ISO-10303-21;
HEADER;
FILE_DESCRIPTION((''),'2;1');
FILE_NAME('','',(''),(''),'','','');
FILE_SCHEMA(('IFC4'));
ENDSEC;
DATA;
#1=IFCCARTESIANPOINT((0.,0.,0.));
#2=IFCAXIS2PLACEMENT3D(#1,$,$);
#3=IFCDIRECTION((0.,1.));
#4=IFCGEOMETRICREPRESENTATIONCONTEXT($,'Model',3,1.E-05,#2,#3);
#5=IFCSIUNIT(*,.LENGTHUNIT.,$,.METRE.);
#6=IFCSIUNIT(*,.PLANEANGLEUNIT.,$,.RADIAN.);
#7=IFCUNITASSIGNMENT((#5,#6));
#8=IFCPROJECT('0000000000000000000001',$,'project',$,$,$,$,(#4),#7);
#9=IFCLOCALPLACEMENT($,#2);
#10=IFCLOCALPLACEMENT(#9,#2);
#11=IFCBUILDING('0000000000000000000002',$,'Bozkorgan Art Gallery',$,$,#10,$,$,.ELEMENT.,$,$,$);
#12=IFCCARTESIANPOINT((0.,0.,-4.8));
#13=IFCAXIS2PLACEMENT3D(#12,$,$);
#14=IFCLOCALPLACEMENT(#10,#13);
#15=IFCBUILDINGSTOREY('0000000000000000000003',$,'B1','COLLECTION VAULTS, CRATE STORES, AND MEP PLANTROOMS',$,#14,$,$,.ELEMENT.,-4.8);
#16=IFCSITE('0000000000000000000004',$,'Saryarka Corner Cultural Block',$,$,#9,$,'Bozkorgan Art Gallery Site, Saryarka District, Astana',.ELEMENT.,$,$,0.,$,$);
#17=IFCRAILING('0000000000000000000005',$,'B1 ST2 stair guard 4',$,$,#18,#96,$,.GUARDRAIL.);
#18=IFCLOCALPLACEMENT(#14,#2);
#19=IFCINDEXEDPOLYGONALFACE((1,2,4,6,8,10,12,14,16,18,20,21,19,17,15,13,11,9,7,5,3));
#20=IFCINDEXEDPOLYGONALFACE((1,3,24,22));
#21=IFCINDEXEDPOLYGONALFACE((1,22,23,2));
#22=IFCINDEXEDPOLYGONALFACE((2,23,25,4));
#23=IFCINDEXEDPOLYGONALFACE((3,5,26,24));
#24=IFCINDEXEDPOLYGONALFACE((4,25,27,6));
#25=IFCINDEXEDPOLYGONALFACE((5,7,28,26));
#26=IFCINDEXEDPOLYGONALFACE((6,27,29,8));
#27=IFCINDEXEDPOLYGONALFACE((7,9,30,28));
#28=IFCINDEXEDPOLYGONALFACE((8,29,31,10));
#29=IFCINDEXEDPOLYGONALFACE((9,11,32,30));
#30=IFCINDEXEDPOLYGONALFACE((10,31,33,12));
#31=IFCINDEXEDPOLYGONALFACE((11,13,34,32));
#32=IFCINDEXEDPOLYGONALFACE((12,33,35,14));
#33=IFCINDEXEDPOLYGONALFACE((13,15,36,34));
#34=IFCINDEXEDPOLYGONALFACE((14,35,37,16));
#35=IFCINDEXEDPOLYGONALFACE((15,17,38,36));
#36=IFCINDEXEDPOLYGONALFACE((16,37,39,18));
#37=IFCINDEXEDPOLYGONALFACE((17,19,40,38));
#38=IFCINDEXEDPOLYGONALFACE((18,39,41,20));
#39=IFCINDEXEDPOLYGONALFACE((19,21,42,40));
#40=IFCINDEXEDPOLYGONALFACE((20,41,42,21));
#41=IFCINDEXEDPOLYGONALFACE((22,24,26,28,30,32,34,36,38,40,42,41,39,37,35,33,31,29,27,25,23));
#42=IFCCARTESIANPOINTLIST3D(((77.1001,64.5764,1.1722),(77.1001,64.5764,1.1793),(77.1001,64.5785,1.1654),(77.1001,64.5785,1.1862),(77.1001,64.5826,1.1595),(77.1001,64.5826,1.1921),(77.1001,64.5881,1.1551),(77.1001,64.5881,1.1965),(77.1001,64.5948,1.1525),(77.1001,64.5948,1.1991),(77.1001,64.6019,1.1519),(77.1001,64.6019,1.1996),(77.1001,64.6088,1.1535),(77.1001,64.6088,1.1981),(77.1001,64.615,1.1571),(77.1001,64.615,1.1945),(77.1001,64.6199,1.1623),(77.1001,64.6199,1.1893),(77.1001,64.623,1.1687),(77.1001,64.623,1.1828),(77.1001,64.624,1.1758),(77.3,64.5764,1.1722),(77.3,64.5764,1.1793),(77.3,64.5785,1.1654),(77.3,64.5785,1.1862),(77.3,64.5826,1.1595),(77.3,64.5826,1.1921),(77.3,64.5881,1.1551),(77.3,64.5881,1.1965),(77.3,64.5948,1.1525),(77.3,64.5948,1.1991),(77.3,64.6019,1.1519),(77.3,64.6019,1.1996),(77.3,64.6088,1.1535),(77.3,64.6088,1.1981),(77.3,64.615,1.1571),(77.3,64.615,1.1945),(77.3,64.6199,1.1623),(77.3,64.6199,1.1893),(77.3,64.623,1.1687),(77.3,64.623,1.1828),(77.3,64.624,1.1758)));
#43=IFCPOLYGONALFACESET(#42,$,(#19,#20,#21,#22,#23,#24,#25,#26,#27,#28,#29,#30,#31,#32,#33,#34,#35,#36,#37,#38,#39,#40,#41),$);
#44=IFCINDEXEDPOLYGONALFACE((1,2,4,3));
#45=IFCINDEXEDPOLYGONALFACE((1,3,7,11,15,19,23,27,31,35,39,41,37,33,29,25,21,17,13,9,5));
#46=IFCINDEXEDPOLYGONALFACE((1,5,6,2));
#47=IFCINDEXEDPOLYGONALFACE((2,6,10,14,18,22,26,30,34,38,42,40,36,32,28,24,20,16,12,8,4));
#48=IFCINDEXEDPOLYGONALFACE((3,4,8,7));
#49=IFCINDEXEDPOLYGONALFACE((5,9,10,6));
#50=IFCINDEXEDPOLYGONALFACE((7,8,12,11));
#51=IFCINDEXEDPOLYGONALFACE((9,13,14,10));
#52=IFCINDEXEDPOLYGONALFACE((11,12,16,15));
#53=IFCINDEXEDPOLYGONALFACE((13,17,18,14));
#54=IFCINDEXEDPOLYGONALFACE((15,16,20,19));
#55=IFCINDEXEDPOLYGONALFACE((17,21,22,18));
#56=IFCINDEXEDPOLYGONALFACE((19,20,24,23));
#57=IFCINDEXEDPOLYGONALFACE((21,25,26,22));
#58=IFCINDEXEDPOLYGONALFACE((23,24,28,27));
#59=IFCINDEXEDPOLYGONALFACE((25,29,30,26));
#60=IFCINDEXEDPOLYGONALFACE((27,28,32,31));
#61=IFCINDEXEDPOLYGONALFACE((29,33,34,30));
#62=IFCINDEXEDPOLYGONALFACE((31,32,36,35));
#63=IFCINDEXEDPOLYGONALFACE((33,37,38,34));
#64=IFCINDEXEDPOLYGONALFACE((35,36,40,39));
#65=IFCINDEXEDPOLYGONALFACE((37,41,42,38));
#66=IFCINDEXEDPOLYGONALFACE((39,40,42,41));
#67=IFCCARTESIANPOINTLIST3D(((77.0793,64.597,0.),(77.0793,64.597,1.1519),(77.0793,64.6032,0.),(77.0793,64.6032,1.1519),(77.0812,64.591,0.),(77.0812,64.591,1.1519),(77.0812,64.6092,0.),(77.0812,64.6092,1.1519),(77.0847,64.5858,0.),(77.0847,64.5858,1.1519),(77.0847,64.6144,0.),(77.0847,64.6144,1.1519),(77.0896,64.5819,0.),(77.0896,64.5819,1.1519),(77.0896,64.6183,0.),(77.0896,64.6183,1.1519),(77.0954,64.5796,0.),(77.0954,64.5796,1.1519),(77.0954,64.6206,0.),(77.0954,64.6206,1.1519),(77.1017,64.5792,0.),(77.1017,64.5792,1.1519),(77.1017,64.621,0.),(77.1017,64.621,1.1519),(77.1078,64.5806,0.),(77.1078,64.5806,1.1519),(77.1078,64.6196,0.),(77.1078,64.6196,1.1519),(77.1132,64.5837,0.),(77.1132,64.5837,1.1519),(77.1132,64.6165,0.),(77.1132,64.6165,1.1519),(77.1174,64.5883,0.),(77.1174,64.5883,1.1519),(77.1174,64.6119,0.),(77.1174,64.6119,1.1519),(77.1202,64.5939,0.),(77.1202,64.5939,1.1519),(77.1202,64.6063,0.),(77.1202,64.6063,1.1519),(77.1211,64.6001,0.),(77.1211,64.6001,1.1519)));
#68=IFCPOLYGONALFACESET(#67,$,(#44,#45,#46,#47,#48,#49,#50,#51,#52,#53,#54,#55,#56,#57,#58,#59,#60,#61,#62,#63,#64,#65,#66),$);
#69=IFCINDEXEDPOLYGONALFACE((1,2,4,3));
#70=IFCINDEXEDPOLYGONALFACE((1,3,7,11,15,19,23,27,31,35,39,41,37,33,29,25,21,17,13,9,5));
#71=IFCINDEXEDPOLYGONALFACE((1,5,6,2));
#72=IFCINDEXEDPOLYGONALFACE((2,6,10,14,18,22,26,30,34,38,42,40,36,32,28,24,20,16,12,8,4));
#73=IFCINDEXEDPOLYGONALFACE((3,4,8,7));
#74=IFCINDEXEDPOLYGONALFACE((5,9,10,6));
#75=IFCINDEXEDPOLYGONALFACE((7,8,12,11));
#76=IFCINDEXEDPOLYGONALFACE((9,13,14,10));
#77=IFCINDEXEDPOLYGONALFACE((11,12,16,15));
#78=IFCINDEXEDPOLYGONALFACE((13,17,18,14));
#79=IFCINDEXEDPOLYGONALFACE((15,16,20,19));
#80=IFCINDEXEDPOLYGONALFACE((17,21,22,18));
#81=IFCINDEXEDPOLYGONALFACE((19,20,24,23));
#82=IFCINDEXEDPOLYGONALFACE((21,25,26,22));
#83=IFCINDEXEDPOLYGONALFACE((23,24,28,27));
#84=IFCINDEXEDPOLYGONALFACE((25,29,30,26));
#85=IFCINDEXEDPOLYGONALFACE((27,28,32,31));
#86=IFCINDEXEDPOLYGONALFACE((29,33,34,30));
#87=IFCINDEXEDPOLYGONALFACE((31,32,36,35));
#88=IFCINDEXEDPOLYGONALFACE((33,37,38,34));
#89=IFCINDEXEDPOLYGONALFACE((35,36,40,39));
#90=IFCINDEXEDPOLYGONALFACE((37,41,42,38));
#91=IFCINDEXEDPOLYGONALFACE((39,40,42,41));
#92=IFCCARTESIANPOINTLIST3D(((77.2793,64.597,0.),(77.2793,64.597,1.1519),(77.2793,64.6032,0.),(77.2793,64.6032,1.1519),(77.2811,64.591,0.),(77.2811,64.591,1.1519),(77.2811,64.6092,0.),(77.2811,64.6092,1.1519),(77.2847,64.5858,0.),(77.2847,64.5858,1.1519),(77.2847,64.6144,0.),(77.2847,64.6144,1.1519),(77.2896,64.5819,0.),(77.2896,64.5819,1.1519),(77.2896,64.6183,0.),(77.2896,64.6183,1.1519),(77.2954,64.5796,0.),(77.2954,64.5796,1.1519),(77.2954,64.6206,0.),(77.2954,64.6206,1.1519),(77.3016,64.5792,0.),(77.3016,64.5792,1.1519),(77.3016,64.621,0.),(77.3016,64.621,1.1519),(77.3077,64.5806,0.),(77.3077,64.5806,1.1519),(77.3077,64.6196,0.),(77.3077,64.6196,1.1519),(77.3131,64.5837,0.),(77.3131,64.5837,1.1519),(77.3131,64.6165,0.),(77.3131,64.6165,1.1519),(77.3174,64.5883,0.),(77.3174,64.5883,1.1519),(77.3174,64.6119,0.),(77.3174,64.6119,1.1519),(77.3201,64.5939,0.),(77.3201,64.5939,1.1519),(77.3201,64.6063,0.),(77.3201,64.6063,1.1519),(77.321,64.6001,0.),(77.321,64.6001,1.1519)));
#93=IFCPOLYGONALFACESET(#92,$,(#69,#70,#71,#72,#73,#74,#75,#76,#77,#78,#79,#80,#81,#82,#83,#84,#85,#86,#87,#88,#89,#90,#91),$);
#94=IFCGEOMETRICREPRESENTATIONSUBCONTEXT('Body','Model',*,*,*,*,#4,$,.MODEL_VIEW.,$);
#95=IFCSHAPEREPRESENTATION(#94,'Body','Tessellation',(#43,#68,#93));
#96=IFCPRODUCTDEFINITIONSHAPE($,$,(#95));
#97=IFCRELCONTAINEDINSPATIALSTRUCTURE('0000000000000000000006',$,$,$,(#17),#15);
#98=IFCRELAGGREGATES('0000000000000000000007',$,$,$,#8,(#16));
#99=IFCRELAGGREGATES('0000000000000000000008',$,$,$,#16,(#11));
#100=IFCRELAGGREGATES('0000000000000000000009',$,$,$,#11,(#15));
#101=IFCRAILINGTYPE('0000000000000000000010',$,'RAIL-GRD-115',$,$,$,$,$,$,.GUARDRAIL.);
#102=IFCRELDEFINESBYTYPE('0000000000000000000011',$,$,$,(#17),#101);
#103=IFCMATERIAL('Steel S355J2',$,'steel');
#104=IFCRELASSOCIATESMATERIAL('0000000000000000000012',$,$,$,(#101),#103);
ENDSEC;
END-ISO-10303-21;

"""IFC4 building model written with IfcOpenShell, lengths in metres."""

from ifc_helpers import new_model, si_unit, direction, frame, origin, origin_2d, place, context, subcontext, project, spatial, circle, extrude, material, type_object, element, save


model = new_model("IFC4")

# Units and contexts
model_context = context("Model", 3, precision=1e-05, world=origin(), true_north=direction((0.0, 1.0)))
body_context = subcontext(model_context, "Body", "Model", "MODEL_VIEW")
ifc_project = project(units=[si_unit("LENGTHUNIT", "METRE"), si_unit("PLANEANGLEUNIT", "RADIAN")], contexts=[model_context])

# Site, building, storey
site_placement = place(None, origin())
site = spatial("IfcSite", under=ifc_project, at=site_placement, Name="Saryarka Corner Cultural Block", LongName="Bozkorgan Art Gallery Site, Saryarka District, Astana", CompositionType="ELEMENT", RefElevation=0.0)
building_placement = place(site_placement, origin())
building = spatial("IfcBuilding", under=site, at=building_placement, Name="Bozkorgan Art Gallery", CompositionType="ELEMENT")
storey_placement = place(building_placement, frame((0.0, 0.0, -4.8)))
storey = spatial("IfcBuildingStorey", under=building, at=storey_placement, Name="B1", Description="COLLECTION VAULTS, CRATE STORES, AND MEP PLANTROOMS", CompositionType="ELEMENT", Elevation=-4.8)

# Shared definitions
ifc_material_1 = material(Name="Steel S355J2", Category="steel")

# Railing
railing_type_1 = type_object("IfcRailingType", Name="RAIL-GRD-115", PredefinedType="GUARDRAIL", material=ifc_material_1)
railing_1_placement = place(storey_placement, frame((77.1001, 64.6001, 0.0)))
element("IfcRailing", 1, at=railing_1_placement, inside=storey, type_object=railing_type_1, Name="B1 ST2 stair guard 4", PredefinedType="GUARDRAIL", context=body_context, shape_type="SweptSolid", body=[
    extrude(circle(Radius=0.0239, at=origin_2d()), frame((0.0, 0.0, 1.1758), z_axis=(1.0, 0.0, 0.0), x_axis=(0.0, 1.0, 0.0)), (0.0, 0.0, 1.0), 0.2),
    extrude(circle(Radius=0.021, at=origin_2d()), origin(), (0.0, 0.0, 1.0), 1.1519),
    extrude(circle(Radius=0.021, at=origin_2d()), frame((0.2, 0.0, 0.0)), (0.0, 0.0, 1.0), 1.1519),
])

save(model, "model.ifc")
